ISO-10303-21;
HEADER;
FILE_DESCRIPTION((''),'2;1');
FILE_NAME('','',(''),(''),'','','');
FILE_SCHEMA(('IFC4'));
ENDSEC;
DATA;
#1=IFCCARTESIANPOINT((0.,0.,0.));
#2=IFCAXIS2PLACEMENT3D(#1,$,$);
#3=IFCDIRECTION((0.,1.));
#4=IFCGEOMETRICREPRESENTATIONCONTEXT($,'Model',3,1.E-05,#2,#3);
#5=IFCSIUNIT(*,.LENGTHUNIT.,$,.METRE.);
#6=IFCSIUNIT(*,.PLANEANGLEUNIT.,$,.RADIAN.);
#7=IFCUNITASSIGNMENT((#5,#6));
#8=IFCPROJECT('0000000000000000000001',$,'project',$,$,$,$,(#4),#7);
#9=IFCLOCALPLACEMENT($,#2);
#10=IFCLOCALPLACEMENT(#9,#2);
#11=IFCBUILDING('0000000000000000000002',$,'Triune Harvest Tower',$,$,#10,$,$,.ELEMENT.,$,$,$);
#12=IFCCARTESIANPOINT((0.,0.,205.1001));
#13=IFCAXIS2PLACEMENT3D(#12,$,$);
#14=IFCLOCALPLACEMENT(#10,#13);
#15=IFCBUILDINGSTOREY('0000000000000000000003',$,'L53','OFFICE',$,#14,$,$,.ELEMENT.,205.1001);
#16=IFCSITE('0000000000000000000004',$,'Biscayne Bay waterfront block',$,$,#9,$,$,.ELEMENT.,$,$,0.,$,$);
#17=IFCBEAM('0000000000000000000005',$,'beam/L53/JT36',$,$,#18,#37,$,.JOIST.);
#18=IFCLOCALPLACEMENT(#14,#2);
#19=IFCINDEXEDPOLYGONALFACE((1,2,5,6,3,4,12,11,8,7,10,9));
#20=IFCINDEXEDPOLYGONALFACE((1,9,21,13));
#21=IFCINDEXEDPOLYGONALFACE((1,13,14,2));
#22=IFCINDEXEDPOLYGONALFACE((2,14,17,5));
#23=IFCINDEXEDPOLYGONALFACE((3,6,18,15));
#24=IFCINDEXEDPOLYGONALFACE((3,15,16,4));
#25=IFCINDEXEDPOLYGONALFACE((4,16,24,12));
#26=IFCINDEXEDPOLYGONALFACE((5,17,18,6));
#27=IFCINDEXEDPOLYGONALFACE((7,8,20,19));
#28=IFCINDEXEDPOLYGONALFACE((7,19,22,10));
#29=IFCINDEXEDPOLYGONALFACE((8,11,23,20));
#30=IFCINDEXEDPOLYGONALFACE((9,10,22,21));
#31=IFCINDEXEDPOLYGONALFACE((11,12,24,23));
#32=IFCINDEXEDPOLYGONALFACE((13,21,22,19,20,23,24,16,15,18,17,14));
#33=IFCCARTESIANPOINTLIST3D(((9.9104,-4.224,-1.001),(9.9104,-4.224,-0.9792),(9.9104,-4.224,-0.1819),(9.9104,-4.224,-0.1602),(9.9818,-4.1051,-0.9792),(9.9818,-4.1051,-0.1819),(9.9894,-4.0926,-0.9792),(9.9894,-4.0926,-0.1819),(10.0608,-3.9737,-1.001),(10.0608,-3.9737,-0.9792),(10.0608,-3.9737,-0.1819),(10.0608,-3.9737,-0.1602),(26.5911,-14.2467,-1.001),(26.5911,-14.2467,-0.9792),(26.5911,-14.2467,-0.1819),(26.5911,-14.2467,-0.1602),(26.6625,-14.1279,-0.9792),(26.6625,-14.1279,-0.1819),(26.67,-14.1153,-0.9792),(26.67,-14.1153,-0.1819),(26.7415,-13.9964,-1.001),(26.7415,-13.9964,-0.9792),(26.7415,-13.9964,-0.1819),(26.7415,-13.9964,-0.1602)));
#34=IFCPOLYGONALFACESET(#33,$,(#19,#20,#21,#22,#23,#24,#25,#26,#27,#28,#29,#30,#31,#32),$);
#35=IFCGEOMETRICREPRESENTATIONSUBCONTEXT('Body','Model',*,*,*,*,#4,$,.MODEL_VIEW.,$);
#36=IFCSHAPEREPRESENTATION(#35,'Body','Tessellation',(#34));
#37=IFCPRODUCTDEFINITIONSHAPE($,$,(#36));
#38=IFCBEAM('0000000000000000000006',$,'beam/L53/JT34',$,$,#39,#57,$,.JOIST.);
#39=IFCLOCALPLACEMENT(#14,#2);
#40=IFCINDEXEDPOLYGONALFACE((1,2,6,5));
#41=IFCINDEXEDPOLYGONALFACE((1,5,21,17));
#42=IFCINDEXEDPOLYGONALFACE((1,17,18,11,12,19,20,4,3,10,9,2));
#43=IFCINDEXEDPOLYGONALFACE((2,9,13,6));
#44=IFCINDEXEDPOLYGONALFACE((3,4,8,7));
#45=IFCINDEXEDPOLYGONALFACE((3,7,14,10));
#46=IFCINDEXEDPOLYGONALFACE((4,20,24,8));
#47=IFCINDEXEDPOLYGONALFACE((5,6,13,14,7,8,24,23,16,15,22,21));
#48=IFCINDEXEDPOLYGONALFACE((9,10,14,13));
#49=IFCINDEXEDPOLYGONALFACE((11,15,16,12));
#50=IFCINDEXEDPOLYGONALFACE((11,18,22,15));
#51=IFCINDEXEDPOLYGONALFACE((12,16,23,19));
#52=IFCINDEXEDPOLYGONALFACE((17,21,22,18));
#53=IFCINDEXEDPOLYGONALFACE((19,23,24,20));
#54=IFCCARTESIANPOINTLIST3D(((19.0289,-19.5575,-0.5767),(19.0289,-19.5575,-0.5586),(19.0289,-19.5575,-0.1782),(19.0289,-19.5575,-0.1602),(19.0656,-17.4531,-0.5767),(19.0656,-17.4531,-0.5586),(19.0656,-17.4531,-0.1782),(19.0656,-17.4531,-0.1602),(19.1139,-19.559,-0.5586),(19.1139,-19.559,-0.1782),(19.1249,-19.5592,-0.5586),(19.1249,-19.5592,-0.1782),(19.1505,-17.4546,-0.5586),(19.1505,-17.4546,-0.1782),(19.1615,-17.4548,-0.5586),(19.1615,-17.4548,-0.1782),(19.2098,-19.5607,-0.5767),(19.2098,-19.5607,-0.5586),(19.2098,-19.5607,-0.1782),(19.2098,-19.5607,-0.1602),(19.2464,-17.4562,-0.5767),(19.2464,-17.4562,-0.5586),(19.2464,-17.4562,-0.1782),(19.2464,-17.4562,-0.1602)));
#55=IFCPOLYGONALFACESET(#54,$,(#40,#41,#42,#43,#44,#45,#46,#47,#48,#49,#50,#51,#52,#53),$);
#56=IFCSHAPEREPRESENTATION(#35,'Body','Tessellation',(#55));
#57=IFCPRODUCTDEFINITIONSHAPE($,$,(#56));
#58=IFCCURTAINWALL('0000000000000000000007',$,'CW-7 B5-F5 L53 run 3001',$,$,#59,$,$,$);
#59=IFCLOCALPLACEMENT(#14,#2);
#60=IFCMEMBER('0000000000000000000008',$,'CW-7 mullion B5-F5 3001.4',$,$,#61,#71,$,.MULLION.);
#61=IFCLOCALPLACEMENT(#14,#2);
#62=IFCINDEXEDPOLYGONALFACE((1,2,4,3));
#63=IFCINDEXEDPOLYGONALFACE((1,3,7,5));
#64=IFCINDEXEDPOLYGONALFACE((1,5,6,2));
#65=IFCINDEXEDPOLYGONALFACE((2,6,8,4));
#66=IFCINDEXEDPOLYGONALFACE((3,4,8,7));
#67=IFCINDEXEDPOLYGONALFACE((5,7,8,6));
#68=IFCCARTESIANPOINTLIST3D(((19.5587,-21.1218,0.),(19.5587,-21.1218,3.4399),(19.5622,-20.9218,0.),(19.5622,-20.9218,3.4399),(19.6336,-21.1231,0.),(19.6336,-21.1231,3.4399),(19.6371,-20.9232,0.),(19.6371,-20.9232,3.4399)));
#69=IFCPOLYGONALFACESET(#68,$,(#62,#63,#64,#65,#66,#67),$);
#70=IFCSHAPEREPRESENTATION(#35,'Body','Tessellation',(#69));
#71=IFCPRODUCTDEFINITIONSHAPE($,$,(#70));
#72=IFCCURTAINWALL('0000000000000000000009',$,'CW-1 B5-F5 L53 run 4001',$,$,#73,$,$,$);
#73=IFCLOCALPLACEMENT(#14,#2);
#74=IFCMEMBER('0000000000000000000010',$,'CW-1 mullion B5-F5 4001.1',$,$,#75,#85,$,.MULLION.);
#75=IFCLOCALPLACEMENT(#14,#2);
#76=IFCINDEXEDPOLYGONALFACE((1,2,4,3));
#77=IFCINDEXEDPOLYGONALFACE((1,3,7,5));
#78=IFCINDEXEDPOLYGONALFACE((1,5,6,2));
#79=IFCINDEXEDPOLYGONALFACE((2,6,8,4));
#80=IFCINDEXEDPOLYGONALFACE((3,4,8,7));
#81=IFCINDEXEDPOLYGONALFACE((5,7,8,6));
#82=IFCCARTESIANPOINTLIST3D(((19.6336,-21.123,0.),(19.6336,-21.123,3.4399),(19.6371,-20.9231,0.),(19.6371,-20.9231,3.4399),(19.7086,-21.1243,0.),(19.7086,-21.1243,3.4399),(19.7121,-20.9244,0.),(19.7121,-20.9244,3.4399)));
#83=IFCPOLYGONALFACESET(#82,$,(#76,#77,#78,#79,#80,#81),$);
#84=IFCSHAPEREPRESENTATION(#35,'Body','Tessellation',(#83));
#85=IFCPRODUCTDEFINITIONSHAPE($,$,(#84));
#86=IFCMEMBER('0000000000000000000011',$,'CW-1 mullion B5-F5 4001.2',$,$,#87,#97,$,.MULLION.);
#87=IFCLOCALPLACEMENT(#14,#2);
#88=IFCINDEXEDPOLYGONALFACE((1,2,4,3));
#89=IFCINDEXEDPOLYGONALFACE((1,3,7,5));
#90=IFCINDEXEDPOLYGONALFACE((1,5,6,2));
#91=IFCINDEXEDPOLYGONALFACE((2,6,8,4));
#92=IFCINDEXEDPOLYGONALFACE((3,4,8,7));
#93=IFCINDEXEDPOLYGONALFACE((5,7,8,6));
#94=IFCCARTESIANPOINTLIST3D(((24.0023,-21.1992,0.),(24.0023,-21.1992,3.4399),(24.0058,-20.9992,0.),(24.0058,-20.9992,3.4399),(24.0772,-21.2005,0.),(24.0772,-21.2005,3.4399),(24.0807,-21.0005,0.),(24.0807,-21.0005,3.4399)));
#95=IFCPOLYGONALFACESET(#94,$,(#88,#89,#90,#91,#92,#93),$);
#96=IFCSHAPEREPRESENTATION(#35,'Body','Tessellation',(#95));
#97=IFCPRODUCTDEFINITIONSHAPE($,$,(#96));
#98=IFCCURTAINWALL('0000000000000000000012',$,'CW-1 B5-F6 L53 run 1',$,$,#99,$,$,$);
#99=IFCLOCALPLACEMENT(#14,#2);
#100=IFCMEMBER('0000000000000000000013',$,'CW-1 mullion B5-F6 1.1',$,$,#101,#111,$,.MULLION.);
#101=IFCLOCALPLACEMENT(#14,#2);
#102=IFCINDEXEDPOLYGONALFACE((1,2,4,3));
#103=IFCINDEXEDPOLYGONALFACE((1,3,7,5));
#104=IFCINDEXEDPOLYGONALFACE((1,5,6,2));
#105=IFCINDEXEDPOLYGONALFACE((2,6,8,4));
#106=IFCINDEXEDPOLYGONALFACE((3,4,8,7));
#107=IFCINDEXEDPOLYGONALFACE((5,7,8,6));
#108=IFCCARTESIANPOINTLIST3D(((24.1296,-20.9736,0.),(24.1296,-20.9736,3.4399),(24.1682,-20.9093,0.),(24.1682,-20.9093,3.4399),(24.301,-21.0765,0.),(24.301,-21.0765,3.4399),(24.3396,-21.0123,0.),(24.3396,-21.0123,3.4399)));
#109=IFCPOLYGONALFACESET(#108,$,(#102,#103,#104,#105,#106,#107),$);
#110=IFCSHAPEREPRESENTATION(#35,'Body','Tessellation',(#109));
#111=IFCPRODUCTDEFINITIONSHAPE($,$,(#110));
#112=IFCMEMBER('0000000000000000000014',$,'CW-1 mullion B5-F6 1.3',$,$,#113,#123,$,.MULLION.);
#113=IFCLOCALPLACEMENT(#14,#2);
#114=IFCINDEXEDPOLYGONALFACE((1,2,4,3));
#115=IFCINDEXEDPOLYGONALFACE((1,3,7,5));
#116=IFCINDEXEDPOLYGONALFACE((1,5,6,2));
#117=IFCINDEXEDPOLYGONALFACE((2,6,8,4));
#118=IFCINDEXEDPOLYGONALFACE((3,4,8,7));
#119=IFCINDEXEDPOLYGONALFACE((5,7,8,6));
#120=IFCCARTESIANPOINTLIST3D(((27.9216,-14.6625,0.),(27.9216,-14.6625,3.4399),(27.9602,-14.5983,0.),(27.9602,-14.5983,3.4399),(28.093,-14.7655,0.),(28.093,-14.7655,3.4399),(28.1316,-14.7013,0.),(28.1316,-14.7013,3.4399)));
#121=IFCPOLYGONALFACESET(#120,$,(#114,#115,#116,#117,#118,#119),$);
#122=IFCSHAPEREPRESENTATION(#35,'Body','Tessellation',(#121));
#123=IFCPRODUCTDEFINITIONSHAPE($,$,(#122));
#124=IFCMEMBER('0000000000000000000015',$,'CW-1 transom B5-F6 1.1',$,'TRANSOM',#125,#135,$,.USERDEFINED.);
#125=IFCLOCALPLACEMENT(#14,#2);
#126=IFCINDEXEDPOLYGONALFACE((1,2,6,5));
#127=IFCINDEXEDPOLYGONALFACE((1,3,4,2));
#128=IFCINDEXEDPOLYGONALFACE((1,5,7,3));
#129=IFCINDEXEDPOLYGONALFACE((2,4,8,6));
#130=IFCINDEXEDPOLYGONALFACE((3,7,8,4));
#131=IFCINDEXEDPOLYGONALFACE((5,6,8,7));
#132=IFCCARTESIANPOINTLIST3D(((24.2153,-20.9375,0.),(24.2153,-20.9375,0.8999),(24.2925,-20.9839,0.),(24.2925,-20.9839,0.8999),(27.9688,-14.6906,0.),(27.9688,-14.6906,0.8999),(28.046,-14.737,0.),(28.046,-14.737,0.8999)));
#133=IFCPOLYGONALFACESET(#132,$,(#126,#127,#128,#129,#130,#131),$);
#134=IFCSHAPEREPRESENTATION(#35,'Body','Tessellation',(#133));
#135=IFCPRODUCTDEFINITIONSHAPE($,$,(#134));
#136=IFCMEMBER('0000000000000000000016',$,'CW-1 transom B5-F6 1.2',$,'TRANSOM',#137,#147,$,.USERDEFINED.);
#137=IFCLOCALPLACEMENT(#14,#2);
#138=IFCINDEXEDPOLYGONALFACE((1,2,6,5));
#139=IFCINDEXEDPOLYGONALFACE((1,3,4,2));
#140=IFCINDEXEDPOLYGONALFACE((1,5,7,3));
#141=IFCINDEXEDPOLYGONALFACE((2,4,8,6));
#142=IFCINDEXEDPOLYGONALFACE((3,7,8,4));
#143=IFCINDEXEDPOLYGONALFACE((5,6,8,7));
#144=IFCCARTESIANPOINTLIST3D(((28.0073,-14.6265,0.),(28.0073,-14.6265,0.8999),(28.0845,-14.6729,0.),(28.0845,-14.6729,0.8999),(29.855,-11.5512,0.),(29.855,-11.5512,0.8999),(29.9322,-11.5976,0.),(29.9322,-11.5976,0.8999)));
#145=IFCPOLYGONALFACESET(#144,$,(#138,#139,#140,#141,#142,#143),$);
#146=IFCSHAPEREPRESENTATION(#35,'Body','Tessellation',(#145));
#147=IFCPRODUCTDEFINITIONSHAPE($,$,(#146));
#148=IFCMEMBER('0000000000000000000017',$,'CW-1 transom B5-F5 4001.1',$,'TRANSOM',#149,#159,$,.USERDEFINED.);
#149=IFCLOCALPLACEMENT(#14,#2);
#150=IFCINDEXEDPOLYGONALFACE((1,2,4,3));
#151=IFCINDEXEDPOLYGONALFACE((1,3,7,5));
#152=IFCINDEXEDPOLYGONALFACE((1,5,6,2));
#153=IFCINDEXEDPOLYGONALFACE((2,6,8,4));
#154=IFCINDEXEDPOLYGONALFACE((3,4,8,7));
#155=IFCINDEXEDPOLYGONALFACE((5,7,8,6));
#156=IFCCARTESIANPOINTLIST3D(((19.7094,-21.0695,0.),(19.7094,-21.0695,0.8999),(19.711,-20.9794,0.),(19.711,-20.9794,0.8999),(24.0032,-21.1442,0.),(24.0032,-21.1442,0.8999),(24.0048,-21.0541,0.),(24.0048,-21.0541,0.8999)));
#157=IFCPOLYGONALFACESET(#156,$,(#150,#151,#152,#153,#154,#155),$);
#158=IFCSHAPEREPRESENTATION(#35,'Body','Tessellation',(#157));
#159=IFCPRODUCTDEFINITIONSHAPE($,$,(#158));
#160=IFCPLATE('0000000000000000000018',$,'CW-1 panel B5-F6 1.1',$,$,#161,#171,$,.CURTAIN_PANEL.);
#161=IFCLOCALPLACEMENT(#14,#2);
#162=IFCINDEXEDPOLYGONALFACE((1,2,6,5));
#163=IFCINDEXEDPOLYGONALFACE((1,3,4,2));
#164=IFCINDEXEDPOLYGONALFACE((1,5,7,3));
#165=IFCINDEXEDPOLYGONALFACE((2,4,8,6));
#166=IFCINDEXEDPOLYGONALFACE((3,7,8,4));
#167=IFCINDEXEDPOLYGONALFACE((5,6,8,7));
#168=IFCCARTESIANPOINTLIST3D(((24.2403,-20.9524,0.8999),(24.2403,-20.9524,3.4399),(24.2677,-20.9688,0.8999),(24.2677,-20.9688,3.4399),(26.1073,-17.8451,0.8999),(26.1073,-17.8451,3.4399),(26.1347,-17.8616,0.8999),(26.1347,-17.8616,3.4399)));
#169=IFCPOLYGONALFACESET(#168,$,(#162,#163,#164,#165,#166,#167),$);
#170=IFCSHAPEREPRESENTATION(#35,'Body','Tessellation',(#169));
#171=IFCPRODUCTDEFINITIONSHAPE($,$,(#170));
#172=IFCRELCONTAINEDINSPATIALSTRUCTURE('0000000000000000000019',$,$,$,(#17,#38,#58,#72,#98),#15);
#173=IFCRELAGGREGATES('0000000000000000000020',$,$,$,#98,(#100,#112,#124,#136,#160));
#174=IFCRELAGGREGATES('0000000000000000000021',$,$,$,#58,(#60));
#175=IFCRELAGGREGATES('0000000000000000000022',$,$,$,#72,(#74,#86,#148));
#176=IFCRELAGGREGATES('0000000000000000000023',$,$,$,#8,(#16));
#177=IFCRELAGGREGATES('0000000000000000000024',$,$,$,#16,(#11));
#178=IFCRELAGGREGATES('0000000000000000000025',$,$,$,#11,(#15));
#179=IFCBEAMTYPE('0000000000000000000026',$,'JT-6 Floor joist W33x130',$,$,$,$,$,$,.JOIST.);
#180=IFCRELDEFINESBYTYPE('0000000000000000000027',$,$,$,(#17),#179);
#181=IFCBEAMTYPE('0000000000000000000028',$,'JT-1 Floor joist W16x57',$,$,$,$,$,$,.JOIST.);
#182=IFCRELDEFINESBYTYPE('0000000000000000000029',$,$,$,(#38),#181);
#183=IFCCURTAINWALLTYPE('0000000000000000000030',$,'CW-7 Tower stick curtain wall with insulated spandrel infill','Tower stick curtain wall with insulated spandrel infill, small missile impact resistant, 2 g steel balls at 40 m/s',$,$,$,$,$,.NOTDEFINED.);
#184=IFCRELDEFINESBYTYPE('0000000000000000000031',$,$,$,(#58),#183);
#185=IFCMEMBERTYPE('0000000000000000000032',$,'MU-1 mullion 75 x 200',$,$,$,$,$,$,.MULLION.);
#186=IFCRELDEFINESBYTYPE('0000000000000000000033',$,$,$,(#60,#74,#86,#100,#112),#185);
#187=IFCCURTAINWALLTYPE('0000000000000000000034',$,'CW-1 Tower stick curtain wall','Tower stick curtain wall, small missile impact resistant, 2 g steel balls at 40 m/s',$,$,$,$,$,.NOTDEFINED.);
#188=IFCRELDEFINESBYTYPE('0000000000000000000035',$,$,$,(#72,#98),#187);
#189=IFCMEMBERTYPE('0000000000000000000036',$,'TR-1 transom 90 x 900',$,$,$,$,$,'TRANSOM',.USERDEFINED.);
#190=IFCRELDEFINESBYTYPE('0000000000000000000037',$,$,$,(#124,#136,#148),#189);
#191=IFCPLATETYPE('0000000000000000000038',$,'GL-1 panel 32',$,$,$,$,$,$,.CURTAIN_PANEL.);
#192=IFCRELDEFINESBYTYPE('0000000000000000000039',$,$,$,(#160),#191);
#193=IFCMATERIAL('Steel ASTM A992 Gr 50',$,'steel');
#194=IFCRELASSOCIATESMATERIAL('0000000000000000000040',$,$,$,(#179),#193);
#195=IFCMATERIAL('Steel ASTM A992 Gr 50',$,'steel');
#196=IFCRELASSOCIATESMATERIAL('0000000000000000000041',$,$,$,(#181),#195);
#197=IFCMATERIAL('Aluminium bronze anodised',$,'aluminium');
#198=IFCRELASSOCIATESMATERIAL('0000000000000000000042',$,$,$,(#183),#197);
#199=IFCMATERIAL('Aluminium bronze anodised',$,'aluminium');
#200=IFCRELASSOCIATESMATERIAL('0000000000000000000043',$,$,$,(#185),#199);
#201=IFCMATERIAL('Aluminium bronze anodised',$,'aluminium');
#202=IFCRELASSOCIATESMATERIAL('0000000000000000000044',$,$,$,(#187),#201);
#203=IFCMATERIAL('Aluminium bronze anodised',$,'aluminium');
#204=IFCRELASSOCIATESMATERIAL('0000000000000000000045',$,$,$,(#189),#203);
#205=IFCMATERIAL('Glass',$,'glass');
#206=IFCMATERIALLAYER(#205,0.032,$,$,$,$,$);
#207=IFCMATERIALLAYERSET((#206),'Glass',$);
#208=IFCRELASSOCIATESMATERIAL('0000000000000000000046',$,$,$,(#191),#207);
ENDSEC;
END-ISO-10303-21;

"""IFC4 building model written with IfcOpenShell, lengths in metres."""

from ifc_helpers import new_model, si_unit, direction, frame, origin, origin_2d, place, context, subcontext, project, spatial, rectangle, i_section, extrude, source, transform, mapped, material, layer, layer_set, material_profile, profile_set, type_object, element, aggregate, save


model = new_model("IFC4")

# Units and contexts
model_context = context("Model", 3, precision=1e-05, world=origin(), true_north=direction((0.0, 1.0)))
body_context = subcontext(model_context, "Body", "Model", "MODEL_VIEW")
ifc_project = project(units=[si_unit("LENGTHUNIT", "METRE"), si_unit("PLANEANGLEUNIT", "RADIAN")], contexts=[model_context])

# Site, building, storey
site_placement = place(None, origin())
site = spatial("IfcSite", under=ifc_project, at=site_placement, Name="Biscayne Bay waterfront block", CompositionType="ELEMENT", RefElevation=0.0)
building_placement = place(site_placement, origin())
building = spatial("IfcBuilding", under=site, at=building_placement, Name="Triune Harvest Tower", CompositionType="ELEMENT")
storey_placement = place(building_placement, frame((0.0, 0.0, 205.1001)))
storey = spatial("IfcBuildingStorey", under=building, at=storey_placement, Name="L53", Description="OFFICE", CompositionType="ELEMENT", Elevation=205.1001)

# Beams
ifc_material_1 = material(Name="Steel ASTM A992 Gr 50", Category="steel")
ifc_material_profile_1 = material_profile(ifc_material_1, i_section(OverallWidth=0.292, OverallDepth=0.8408, WebThickness=0.0146, FlangeThickness=0.0217, at=origin_2d()), Name="W33x130")
ifc_profile_set_1 = profile_set([ifc_material_profile_1], Name="Steel ASTM A992 Gr 50")
beam_type_1 = type_object("IfcBeamType", Name="JT-6 Floor joist W33x130", PredefinedType="JOIST", material=ifc_profile_set_1)
shared_shape_1 = source(origin(), body_context, "Body", "SweptSolid", [
    extrude(i_section(OverallWidth=0.292, OverallDepth=0.8408, WebThickness=0.0146, FlangeThickness=0.0217, at=origin_2d()), origin(), (0.0, 0.0, 1.0), 19.4602),
])
beam_1_placement = place(storey_placement, frame((26.6663, -14.1216, -0.5806), z_axis=(-0.857168, 0.515036, 0.0), x_axis=(-0.515036, -0.857168, 0.0)))
element("IfcBeam", 1, at=beam_1_placement, inside=storey, type_object=beam_type_1, Name="beam/L53/JT36", PredefinedType="JOIST", context=body_context, shape_type="MappedRepresentation", body=[
    mapped(shared_shape_1, transform((0.0, 0.0, 0.0), scale=1.0)),
])
ifc_material_2 = material(Name="Steel ASTM A992 Gr 50", Category="steel")
ifc_material_profile_2 = material_profile(ifc_material_2, i_section(OverallWidth=0.1809, OverallDepth=0.4165, WebThickness=0.011, FlangeThickness=0.0181, at=origin_2d()), Name="W16x57")
ifc_profile_set_2 = profile_set([ifc_material_profile_2], Name="Steel ASTM A992 Gr 50")
beam_type_2 = type_object("IfcBeamType", Name="JT-1 Floor joist W16x57", PredefinedType="JOIST", material=ifc_profile_set_2)
shared_shape_2 = source(origin(), body_context, "Body", "SweptSolid", [
    extrude(i_section(OverallWidth=0.1809, OverallDepth=0.4165, WebThickness=0.011, FlangeThickness=0.0181, at=origin_2d()), origin(), (0.0, 0.0, 1.0), 2.1047),
])
beam_2_placement = place(storey_placement, frame((19.1194, -19.5591, -0.3684), z_axis=(0.017399, 0.999849, 0.0), x_axis=(-0.999849, 0.017399, 0.0)))
element("IfcBeam", 2, at=beam_2_placement, inside=storey, type_object=beam_type_2, Name="beam/L53/JT34", PredefinedType="JOIST", context=body_context, shape_type="MappedRepresentation", body=[
    mapped(shared_shape_2, transform((0.0, 0.0, 0.0), scale=1.0)),
])

# Curtain wall, member
ifc_material_3 = material(Name="Aluminium bronze anodised", Category="aluminium")
curtain_wall_type_1 = type_object("IfcCurtainWallType", Name="CW-7 Tower stick curtain wall with insulated spandrel infill", Description="Tower stick curtain wall with insulated spandrel infill, small missile impact resistant, 2 g steel balls at 40 m/s", PredefinedType="NOTDEFINED", material=ifc_material_3)
curtain_wall_1_placement = place(storey_placement, origin())
curtain_wall_1 = element("IfcCurtainWall", 3, at=curtain_wall_1_placement, inside=storey, type_object=curtain_wall_type_1, Name="CW-7 B5-F5 L53 run 3001")
ifc_material_4 = material(Name="Aluminium bronze anodised", Category="aluminium")
ifc_material_profile_3 = material_profile(ifc_material_4, rectangle(XDim=0.2, YDim=0.075, at=origin_2d()), Name="MU-1 mullion 75 x 200")
ifc_profile_set_3 = profile_set([ifc_material_profile_3], Name="Aluminium bronze anodised")
member_type_1 = type_object("IfcMemberType", Name="MU-1 mullion 75 x 200", PredefinedType="MULLION", material=ifc_profile_set_3)
shared_shape_3 = source(origin(), body_context, "Body", "SweptSolid", [
    extrude(rectangle(XDim=0.2, YDim=0.075, at=origin_2d()), origin(), (0.0, 0.0, 1.0), 3.4399),
])
member_1_placement = place(storey_placement, frame((19.5979, -21.0225, 0.0), z_axis=(0.0, 0.0, 1.0), x_axis=(0.017453, 0.999848, 0.0)))
member_1 = element("IfcMember", 4, at=member_1_placement, type_object=member_type_1, Name="CW-7 mullion B5-F5 3001.4", PredefinedType="MULLION", context=body_context, shape_type="MappedRepresentation", body=[
    mapped(shared_shape_3, transform((0.0, 0.0, 0.0), scale=1.0)),
])

# Curtain walls, members
ifc_material_5 = material(Name="Aluminium bronze anodised", Category="aluminium")
curtain_wall_type_2 = type_object("IfcCurtainWallType", Name="CW-1 Tower stick curtain wall", Description="Tower stick curtain wall, small missile impact resistant, 2 g steel balls at 40 m/s", PredefinedType="NOTDEFINED", material=ifc_material_5)
curtain_wall_2_placement = place(storey_placement, origin())
curtain_wall_2 = element("IfcCurtainWall", 5, at=curtain_wall_2_placement, inside=storey, type_object=curtain_wall_type_2, Name="CW-1 B5-F5 L53 run 4001")
member_2_placement = place(storey_placement, frame((19.6729, -21.0237, 0.0), z_axis=(0.0, 0.0, 1.0), x_axis=(0.017445, 0.999848, 0.0)))
member_2 = element("IfcMember", 6, at=member_2_placement, type_object=member_type_1, Name="CW-1 mullion B5-F5 4001.1", PredefinedType="MULLION", context=body_context, shape_type="MappedRepresentation", body=[
    mapped(shared_shape_3, transform((0.0, 0.0, 0.0), scale=1.0)),
])
member_3_placement = place(storey_placement, frame((24.0415, -21.0999, 0.0), z_axis=(0.0, 0.0, 1.0), x_axis=(0.017445, 0.999848, 0.0)))
member_3 = element("IfcMember", 7, at=member_3_placement, type_object=member_type_1, Name="CW-1 mullion B5-F5 4001.2", PredefinedType="MULLION", context=body_context, shape_type="MappedRepresentation", body=[
    mapped(shared_shape_3, transform((0.0, 0.0, 0.0), scale=1.0)),
])
curtain_wall_3_placement = place(storey_placement, origin())
curtain_wall_3 = element("IfcCurtainWall", 8, at=curtain_wall_3_placement, inside=storey, type_object=curtain_wall_type_2, Name="CW-1 B5-F6 L53 run 1")
member_4_placement = place(storey_placement, frame((24.2346, -20.9929, 0.0), z_axis=(0.0, 0.0, 1.0), x_axis=(-0.857168, 0.515037, 0.0)))
member_4 = element("IfcMember", 9, at=member_4_placement, type_object=member_type_1, Name="CW-1 mullion B5-F6 1.1", PredefinedType="MULLION", context=body_context, shape_type="MappedRepresentation", body=[
    mapped(shared_shape_3, transform((0.0, 0.0, 0.0), scale=1.0)),
])
member_5_placement = place(storey_placement, frame((28.0266, -14.6819, 0.0), z_axis=(0.0, 0.0, 1.0), x_axis=(-0.857168, 0.515037, 0.0)))
member_5 = element("IfcMember", 10, at=member_5_placement, type_object=member_type_1, Name="CW-1 mullion B5-F6 1.3", PredefinedType="MULLION", context=body_context, shape_type="MappedRepresentation", body=[
    mapped(shared_shape_3, transform((0.0, 0.0, 0.0), scale=1.0)),
])
ifc_material_6 = material(Name="Aluminium bronze anodised", Category="aluminium")
ifc_material_profile_4 = material_profile(ifc_material_6, rectangle(XDim=0.0901, YDim=0.8999, at=origin_2d()), Name="TR-1 transom 90 x 900")
ifc_profile_set_4 = profile_set([ifc_material_profile_4], Name="Aluminium bronze anodised")
member_type_2 = type_object("IfcMemberType", Name="TR-1 transom 90 x 900", ElementType="TRANSOM", PredefinedType="USERDEFINED", material=ifc_profile_set_4)
shared_shape_4 = source(origin(), body_context, "Body", "SweptSolid", [
    extrude(rectangle(XDim=0.0901, YDim=0.8999, at=origin_2d()), origin(), (0.0, 0.0, 1.0), 7.2878),
])
member_6_placement = place(storey_placement, frame((24.2539, -20.9607, 0.45), z_axis=(0.515033, 0.857171, 0.0), x_axis=(-0.857171, 0.515033, 0.0)))
member_6 = element("IfcMember", 11, at=member_6_placement, type_object=member_type_2, Name="CW-1 transom B5-F6 1.1", ObjectType="TRANSOM", PredefinedType="USERDEFINED", context=body_context, shape_type="MappedRepresentation", body=[
    mapped(shared_shape_4, transform((0.0, 0.0, 0.0), scale=1.0)),
])
shared_shape_5 = source(origin(), body_context, "Body", "SweptSolid", [
    extrude(rectangle(XDim=0.0901, YDim=0.8999, at=origin_2d()), origin(), (0.0, 0.0, 1.0), 3.5876),
])
member_7_placement = place(storey_placement, frame((28.0459, -14.6497, 0.45), z_axis=(0.515016, 0.857181, 0.0), x_axis=(-0.857181, 0.515016, 0.0)))
member_7 = element("IfcMember", 12, at=member_7_placement, type_object=member_type_2, Name="CW-1 transom B5-F6 1.2", ObjectType="TRANSOM", PredefinedType="USERDEFINED", context=body_context, shape_type="MappedRepresentation", body=[
    mapped(shared_shape_5, transform((0.0, 0.0, 0.0), scale=1.0)),
])

# Member
shared_shape_6 = source(origin(), body_context, "Body", "SweptSolid", [
    extrude(rectangle(XDim=0.0901, YDim=0.8999, at=origin_2d()), origin(), (0.0, 0.0, 1.0), 4.2944),
])
member_8_placement = place(storey_placement, frame((19.7102, -21.0244, 0.45), z_axis=(0.999849, -0.017397, 0.0), x_axis=(0.017397, 0.999849, 0.0)))
member_8 = element("IfcMember", 13, at=member_8_placement, type_object=member_type_2, Name="CW-1 transom B5-F5 4001.1", ObjectType="TRANSOM", PredefinedType="USERDEFINED", context=body_context, shape_type="MappedRepresentation", body=[
    mapped(shared_shape_6, transform((0.0, 0.0, 0.0), scale=1.0)),
])

# Plate
ifc_material_7 = material(Name="Glass", Category="glass")
ifc_layer_1 = layer(ifc_material_7, 0.032)
ifc_layer_set_1 = layer_set([ifc_layer_1], Name="Glass")
plate_type_1 = type_object("IfcPlateType", Name="GL-1 panel 32", PredefinedType="CURTAIN_PANEL", material=ifc_layer_set_1)
shared_shape_7 = source(origin(), body_context, "Body", "SweptSolid", [
    extrude(rectangle(XDim=3.625, YDim=0.032, at=origin_2d()), origin(), (0.0, 0.0, 1.0), 2.54),
])
plate_1_placement = place(storey_placement, frame((25.1875, -19.407, 0.8999), z_axis=(0.0, 0.0, 1.0), x_axis=(0.515037, 0.857168, 0.0)))
plate_1 = element("IfcPlate", 14, at=plate_1_placement, type_object=plate_type_1, Name="CW-1 panel B5-F6 1.1", PredefinedType="CURTAIN_PANEL", context=body_context, shape_type="MappedRepresentation", body=[
    mapped(shared_shape_7, transform((0.0, 0.0, 0.0), scale=1.0)),
])
aggregate(curtain_wall_3, [member_4, member_5, member_6, member_7, plate_1])
aggregate(curtain_wall_1, [member_1])
aggregate(curtain_wall_2, [member_2, member_3, member_8])

save(model, "model.ifc")
